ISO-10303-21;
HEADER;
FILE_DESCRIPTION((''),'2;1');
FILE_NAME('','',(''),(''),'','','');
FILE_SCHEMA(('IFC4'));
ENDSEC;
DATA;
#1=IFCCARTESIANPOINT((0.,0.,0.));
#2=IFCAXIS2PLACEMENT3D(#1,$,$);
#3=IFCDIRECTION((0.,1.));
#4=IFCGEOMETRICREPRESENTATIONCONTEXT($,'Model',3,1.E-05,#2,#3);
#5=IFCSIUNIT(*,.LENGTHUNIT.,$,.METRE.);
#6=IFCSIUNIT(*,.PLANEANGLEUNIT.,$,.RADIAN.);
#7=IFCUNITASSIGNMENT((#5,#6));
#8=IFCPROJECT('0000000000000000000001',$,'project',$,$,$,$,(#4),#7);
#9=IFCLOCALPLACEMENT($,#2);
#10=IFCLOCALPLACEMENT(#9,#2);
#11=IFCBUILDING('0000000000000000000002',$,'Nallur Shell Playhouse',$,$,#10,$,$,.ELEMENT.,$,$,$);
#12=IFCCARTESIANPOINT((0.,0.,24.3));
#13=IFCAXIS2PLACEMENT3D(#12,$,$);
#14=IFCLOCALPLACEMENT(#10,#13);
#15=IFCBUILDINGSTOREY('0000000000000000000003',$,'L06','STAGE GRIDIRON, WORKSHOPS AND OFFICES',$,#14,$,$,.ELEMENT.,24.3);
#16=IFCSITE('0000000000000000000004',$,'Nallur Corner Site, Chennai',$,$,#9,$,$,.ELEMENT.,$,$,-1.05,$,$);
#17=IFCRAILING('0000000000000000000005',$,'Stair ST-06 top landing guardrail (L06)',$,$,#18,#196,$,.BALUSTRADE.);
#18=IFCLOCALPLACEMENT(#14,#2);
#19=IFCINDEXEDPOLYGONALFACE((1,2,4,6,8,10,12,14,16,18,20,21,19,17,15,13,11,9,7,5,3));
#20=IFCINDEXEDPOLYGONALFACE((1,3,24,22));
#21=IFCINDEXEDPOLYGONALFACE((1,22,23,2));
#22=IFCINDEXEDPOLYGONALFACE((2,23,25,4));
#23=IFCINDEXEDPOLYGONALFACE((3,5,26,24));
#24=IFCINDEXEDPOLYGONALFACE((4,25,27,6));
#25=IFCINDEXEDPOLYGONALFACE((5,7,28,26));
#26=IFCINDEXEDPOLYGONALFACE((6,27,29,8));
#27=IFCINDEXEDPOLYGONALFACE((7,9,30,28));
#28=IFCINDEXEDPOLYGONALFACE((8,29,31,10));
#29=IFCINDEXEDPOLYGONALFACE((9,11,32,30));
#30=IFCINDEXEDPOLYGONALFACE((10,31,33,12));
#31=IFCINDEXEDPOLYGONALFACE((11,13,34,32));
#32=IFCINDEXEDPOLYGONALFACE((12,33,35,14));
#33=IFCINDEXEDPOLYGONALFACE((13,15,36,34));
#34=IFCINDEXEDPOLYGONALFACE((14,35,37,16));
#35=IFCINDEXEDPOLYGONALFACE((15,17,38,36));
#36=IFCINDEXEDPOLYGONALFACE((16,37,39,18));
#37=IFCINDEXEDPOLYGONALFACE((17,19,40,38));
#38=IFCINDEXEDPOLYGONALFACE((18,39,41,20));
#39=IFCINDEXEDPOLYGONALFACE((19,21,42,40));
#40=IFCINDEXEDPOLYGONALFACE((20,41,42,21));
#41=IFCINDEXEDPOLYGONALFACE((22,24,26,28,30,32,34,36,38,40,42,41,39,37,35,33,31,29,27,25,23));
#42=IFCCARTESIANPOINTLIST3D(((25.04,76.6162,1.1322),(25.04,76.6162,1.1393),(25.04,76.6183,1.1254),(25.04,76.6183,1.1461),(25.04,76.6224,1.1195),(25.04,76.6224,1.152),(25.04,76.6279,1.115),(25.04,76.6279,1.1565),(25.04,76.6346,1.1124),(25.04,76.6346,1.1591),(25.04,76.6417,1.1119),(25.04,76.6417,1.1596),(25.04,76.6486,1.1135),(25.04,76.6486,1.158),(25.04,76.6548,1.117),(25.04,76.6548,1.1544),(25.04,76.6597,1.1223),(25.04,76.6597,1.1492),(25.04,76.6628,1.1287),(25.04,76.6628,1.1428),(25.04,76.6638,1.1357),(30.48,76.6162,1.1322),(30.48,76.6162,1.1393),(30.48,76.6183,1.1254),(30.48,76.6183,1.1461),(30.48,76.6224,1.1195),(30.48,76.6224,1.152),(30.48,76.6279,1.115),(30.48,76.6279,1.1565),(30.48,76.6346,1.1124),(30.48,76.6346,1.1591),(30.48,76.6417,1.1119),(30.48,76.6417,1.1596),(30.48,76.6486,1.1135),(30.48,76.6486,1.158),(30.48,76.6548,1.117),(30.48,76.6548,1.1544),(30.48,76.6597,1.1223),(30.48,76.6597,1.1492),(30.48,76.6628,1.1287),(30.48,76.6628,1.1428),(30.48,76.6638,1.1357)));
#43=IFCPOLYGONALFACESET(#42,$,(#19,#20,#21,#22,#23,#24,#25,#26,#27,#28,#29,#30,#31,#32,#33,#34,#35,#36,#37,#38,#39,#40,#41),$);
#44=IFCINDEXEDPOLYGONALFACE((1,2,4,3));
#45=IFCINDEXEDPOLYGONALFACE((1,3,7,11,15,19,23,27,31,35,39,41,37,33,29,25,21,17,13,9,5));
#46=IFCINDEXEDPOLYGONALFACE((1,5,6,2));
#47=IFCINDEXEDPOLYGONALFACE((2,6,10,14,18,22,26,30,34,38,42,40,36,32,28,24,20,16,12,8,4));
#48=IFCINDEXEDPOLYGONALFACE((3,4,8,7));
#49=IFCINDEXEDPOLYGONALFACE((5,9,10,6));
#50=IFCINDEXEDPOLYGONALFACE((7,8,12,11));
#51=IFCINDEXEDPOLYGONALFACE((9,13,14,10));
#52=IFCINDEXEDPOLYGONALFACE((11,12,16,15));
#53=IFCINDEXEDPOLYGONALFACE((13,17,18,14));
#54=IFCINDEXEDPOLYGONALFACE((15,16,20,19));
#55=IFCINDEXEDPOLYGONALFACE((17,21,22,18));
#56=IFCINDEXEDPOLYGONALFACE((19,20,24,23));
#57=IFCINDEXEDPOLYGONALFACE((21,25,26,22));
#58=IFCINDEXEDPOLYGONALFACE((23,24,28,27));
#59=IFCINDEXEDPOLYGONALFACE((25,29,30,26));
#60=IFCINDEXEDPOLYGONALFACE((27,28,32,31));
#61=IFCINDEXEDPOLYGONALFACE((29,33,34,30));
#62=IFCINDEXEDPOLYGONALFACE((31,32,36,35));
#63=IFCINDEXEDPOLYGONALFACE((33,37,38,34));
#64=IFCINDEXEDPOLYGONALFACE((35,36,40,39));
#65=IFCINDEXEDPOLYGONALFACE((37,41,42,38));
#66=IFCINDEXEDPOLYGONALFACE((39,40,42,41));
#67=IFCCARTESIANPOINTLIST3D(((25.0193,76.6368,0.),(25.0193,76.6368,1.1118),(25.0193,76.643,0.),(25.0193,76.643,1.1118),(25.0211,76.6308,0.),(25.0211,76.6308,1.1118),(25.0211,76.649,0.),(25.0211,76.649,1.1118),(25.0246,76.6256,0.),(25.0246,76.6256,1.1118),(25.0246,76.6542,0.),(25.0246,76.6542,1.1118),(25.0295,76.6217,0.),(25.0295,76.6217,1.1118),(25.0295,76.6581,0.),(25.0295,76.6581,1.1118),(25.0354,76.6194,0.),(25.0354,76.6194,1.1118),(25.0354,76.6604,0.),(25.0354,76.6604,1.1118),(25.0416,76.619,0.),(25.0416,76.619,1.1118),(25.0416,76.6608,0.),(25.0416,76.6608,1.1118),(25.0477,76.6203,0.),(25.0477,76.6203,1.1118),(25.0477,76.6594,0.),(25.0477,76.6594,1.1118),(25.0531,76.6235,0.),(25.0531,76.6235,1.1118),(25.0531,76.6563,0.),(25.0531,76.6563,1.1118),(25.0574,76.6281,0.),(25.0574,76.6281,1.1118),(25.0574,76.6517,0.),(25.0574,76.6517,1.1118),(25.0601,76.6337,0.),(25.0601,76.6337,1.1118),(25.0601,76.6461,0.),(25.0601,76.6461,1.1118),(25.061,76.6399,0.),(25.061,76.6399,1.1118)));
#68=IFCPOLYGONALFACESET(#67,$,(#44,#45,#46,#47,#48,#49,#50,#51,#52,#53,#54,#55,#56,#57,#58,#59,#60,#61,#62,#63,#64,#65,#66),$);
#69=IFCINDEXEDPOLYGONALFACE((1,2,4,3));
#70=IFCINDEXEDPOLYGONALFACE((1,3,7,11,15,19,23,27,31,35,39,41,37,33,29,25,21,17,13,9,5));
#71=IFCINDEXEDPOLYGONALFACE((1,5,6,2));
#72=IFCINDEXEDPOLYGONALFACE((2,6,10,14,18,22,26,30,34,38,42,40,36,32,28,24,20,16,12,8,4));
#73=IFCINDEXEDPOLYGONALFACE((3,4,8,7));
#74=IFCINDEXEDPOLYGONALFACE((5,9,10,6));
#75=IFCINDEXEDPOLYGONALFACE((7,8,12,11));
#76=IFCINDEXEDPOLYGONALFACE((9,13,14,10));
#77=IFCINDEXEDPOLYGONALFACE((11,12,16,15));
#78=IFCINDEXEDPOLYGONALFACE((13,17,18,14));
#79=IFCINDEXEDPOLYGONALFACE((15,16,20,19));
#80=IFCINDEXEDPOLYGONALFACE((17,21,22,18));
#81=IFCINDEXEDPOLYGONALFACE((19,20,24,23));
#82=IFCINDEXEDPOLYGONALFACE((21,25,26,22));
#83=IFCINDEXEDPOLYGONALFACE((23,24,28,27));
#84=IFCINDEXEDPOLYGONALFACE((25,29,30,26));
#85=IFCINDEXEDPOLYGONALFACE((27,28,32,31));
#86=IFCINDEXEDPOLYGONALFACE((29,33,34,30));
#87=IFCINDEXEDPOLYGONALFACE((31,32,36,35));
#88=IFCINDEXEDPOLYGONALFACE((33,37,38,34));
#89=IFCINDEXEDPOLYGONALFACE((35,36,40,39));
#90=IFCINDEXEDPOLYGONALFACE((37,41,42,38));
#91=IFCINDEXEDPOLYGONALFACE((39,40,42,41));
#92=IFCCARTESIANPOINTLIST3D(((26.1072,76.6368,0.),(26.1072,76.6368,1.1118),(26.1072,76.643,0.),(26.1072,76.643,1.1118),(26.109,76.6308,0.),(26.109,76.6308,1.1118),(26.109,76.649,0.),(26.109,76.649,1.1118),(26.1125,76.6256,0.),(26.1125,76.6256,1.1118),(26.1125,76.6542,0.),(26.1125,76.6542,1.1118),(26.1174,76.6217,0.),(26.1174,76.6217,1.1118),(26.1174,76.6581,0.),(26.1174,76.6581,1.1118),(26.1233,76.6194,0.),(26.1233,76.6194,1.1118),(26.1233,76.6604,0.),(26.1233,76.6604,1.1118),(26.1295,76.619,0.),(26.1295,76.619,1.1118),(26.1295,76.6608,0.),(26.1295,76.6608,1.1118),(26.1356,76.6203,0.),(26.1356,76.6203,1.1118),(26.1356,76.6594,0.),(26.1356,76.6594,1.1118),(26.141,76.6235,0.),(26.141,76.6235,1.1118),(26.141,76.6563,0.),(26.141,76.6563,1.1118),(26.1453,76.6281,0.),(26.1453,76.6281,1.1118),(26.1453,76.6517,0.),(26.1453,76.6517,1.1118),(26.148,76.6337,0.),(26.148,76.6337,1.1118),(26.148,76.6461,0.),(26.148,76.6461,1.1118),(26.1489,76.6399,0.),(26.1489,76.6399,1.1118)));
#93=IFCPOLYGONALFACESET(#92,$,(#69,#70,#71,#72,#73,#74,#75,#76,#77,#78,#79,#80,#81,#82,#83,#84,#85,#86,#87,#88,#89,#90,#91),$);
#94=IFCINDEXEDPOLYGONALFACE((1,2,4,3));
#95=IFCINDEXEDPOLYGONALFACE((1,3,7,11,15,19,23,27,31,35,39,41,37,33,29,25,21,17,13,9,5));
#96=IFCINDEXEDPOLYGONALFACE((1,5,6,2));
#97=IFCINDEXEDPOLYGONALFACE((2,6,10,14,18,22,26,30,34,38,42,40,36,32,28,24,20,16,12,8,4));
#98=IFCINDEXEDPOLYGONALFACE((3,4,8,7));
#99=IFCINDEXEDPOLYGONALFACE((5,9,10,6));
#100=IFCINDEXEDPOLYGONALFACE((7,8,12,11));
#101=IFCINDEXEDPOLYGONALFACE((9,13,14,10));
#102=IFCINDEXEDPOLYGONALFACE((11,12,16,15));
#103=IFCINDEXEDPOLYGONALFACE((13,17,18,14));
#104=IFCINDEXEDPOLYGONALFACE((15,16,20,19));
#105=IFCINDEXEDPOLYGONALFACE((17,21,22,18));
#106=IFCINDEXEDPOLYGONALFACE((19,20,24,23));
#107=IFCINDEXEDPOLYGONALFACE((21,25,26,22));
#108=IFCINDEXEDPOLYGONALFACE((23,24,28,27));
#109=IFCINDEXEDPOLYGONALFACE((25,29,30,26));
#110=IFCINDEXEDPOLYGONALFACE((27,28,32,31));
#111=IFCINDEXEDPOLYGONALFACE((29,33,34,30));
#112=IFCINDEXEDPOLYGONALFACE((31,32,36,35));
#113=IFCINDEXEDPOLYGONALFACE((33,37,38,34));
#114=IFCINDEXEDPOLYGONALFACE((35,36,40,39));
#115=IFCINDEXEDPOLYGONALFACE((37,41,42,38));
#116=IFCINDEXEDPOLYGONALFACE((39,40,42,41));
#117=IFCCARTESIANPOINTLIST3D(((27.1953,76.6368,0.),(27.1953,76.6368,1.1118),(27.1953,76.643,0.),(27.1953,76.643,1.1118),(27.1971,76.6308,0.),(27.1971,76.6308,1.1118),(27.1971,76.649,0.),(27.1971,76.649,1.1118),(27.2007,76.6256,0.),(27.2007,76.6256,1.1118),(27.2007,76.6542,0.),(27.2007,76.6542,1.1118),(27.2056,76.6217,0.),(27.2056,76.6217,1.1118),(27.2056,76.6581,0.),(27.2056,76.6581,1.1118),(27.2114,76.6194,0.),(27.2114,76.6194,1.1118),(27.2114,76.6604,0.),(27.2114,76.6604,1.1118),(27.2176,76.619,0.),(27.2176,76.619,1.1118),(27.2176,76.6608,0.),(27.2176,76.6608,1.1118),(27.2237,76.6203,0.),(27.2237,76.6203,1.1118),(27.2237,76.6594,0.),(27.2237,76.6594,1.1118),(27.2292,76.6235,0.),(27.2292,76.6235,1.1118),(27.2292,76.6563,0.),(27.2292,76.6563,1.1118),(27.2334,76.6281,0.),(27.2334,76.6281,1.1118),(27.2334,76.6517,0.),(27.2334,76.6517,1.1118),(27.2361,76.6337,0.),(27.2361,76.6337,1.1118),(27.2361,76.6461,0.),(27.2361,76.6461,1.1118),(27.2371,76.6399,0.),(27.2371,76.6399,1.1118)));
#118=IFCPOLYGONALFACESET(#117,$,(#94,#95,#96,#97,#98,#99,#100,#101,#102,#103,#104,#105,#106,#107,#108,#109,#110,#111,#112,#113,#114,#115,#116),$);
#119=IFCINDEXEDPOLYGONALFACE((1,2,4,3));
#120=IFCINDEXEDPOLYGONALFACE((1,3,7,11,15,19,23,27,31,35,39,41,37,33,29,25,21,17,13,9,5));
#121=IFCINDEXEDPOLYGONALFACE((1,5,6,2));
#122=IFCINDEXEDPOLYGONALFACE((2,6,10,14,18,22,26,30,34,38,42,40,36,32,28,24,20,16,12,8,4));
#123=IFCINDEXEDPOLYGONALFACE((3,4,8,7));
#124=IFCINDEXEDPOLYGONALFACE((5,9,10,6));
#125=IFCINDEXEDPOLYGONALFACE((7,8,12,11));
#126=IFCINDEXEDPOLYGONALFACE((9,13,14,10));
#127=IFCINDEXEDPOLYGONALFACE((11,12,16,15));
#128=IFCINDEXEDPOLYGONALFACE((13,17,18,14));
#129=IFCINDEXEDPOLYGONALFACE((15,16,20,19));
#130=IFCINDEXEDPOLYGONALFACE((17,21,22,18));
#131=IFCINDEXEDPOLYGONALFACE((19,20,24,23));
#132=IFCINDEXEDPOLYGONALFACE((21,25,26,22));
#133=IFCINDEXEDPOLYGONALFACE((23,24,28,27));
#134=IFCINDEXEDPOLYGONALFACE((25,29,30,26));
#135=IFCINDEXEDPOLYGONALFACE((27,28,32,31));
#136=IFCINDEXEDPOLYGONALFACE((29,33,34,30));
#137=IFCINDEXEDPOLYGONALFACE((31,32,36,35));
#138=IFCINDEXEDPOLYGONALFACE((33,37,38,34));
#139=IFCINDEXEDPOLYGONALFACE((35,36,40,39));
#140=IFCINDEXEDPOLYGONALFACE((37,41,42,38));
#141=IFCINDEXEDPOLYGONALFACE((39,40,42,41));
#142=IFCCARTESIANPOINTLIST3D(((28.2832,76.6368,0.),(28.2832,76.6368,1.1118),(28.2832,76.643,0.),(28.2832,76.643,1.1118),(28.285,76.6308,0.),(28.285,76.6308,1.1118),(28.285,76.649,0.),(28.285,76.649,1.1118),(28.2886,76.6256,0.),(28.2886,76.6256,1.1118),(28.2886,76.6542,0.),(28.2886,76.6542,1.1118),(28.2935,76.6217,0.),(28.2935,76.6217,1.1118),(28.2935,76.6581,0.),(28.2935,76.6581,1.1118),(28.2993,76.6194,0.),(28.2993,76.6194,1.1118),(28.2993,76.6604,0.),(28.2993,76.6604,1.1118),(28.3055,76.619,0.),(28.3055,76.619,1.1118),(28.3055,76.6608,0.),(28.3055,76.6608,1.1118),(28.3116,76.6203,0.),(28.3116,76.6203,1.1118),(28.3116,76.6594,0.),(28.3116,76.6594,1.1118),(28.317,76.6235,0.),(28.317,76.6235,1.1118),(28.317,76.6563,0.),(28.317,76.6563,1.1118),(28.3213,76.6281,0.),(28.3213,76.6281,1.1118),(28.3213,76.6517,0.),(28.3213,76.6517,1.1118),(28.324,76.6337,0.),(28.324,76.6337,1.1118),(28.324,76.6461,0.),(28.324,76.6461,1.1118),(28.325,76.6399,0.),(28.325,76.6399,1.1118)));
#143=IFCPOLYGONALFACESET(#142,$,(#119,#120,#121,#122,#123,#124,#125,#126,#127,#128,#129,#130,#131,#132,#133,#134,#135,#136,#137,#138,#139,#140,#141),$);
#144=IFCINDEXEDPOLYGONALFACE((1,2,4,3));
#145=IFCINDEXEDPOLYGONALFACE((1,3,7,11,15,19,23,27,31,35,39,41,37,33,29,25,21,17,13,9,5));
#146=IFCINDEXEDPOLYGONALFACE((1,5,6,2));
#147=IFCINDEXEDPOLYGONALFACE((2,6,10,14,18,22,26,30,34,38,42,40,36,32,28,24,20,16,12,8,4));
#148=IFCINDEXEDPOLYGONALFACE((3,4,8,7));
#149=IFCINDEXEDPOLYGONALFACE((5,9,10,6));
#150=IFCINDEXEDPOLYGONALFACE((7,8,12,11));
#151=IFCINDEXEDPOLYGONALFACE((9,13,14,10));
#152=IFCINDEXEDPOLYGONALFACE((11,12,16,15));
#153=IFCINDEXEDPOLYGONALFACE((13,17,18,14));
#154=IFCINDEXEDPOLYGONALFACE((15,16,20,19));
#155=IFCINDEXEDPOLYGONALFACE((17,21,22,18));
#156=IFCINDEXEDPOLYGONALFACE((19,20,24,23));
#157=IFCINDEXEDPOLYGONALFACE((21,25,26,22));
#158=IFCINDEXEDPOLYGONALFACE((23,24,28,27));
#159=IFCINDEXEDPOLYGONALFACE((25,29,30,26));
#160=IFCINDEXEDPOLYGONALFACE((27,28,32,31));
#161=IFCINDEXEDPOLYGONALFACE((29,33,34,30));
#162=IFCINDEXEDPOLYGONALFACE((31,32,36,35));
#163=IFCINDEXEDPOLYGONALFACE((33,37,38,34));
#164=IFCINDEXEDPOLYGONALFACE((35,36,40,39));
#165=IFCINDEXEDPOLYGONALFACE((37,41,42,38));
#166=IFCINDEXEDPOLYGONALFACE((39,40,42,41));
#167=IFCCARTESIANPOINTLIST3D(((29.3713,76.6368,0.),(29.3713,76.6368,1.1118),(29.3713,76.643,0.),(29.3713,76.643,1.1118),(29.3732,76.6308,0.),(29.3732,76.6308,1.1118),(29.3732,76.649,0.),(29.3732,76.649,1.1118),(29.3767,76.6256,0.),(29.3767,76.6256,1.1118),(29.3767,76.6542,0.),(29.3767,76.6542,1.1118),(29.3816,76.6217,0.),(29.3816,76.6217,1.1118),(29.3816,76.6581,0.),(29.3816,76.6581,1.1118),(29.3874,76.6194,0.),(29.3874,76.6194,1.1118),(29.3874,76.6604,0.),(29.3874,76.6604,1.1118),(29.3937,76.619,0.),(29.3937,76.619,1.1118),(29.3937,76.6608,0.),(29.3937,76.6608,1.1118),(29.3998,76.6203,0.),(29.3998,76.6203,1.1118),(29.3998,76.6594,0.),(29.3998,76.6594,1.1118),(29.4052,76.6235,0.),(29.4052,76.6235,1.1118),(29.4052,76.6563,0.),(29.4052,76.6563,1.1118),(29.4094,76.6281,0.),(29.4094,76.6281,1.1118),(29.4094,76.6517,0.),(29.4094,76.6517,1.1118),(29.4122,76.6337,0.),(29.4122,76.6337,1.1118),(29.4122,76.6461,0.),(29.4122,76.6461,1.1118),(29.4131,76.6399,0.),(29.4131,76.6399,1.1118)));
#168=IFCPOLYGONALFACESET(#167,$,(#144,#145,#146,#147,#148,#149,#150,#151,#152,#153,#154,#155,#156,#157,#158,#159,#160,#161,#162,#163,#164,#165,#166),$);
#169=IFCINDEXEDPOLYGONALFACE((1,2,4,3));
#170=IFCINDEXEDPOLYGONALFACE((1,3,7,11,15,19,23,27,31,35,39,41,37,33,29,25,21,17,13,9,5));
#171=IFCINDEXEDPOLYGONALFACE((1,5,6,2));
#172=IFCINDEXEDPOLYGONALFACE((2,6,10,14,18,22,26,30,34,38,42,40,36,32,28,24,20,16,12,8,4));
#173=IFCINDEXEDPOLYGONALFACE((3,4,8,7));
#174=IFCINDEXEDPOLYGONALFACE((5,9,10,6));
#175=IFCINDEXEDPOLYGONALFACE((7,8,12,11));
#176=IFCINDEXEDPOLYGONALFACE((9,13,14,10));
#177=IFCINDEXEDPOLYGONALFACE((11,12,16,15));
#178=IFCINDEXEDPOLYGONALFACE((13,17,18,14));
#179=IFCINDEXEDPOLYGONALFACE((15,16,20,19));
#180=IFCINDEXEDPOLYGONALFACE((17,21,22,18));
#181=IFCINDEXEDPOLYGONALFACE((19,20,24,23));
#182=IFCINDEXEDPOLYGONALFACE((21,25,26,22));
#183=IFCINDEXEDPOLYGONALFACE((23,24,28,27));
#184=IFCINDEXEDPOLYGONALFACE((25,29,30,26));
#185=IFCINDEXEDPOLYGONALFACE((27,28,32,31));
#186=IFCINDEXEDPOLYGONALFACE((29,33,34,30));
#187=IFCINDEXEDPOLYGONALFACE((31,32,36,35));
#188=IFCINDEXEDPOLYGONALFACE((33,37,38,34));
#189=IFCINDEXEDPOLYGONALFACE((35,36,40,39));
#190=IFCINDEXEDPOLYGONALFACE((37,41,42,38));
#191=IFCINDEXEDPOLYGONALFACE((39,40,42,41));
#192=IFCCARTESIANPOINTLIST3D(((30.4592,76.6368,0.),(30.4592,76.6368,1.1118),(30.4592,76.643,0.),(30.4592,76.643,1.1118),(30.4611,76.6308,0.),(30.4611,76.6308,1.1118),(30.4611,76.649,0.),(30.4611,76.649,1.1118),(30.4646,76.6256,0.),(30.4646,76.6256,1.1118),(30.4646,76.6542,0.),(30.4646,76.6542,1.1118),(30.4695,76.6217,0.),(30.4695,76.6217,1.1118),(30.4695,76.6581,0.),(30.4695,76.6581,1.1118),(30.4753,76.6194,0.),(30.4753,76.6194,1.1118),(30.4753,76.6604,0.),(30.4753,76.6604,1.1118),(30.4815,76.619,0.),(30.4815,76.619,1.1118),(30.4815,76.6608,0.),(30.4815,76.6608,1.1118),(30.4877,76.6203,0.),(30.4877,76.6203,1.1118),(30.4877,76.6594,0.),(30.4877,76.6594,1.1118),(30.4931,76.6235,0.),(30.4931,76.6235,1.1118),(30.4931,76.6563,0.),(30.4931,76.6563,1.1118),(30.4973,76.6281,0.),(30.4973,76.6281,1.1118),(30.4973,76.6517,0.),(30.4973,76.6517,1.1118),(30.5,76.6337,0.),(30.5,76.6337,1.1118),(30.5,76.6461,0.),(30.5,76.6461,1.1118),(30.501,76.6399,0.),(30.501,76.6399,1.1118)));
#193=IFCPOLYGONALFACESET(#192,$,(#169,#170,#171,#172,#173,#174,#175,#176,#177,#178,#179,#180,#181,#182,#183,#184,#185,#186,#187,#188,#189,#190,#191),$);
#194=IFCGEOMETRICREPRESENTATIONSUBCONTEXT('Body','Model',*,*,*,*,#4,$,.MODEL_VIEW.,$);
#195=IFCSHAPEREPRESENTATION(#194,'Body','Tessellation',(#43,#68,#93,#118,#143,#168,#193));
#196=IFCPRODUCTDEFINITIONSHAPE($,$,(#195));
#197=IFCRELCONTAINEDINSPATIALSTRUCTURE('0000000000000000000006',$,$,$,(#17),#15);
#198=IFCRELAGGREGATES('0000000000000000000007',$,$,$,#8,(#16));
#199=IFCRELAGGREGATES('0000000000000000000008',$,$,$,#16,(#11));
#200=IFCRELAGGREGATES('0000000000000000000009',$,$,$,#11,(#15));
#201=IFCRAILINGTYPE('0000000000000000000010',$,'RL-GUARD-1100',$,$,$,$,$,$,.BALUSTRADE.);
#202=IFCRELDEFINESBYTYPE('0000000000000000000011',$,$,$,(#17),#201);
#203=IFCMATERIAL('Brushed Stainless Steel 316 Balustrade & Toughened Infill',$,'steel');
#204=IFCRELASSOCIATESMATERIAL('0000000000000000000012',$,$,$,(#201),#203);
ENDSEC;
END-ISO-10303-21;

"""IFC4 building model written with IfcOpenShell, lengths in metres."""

from ifc_helpers import new_model, si_unit, direction, frame, origin, origin_2d, place, context, subcontext, project, spatial, circle, extrude, material, type_object, element, save


model = new_model("IFC4")

# Units and contexts
model_context = context("Model", 3, precision=1e-05, world=origin(), true_north=direction((0.0, 1.0)))
body_context = subcontext(model_context, "Body", "Model", "MODEL_VIEW")
ifc_project = project(units=[si_unit("LENGTHUNIT", "METRE"), si_unit("PLANEANGLEUNIT", "RADIAN")], contexts=[model_context])

# Site, building, storey
site_placement = place(None, origin())
site = spatial("IfcSite", under=ifc_project, at=site_placement, Name="Nallur Corner Site, Chennai", CompositionType="ELEMENT", RefElevation=-1.05)
building_placement = place(site_placement, origin())
building = spatial("IfcBuilding", under=site, at=building_placement, Name="Nallur Shell Playhouse", CompositionType="ELEMENT")
storey_placement = place(building_placement, frame((0.0, 0.0, 24.3)))
storey = spatial("IfcBuildingStorey", under=building, at=storey_placement, Name="L06", Description="STAGE GRIDIRON, WORKSHOPS AND OFFICES", CompositionType="ELEMENT", Elevation=24.3)

# Railing
ifc_material_1 = material(Name="Brushed Stainless Steel 316 Balustrade & Toughened Infill", Category="steel")
railing_type = type_object("IfcRailingType", Name="RL-GUARD-1100", PredefinedType="BALUSTRADE", material=ifc_material_1)
railing_placement = place(storey_placement, frame((25.04, 76.6399, 0.0)))
element("IfcRailing", 1, at=railing_placement, inside=storey, type_object=railing_type, Name="Stair ST-06 top landing guardrail (L06)", PredefinedType="BALUSTRADE", context=body_context, shape_type="SweptSolid", body=[
    extrude(circle(Radius=0.0239, at=origin_2d()), frame((0.0, 0.0, 1.1357), z_axis=(1.0, 0.0, 0.0), x_axis=(0.0, 1.0, 0.0)), (0.0, 0.0, 1.0), 5.4399),
    extrude(circle(Radius=0.021, at=origin_2d()), origin(), (0.0, 0.0, 1.0), 1.1118),
    extrude(circle(Radius=0.021, at=origin_2d()), frame((1.0879, 0.0, 0.0)), (0.0, 0.0, 1.0), 1.1118),
    extrude(circle(Radius=0.021, at=origin_2d()), frame((2.176, 0.0, 0.0)), (0.0, 0.0, 1.0), 1.1118),
    extrude(circle(Radius=0.021, at=origin_2d()), frame((3.2639, 0.0, 0.0)), (0.0, 0.0, 1.0), 1.1118),
    extrude(circle(Radius=0.021, at=origin_2d()), frame((4.3521, 0.0, 0.0)), (0.0, 0.0, 1.0), 1.1118),
    extrude(circle(Radius=0.021, at=origin_2d()), frame((5.4399, 0.0, 0.0)), (0.0, 0.0, 1.0), 1.1118),
])

save(model, "model.ifc")
